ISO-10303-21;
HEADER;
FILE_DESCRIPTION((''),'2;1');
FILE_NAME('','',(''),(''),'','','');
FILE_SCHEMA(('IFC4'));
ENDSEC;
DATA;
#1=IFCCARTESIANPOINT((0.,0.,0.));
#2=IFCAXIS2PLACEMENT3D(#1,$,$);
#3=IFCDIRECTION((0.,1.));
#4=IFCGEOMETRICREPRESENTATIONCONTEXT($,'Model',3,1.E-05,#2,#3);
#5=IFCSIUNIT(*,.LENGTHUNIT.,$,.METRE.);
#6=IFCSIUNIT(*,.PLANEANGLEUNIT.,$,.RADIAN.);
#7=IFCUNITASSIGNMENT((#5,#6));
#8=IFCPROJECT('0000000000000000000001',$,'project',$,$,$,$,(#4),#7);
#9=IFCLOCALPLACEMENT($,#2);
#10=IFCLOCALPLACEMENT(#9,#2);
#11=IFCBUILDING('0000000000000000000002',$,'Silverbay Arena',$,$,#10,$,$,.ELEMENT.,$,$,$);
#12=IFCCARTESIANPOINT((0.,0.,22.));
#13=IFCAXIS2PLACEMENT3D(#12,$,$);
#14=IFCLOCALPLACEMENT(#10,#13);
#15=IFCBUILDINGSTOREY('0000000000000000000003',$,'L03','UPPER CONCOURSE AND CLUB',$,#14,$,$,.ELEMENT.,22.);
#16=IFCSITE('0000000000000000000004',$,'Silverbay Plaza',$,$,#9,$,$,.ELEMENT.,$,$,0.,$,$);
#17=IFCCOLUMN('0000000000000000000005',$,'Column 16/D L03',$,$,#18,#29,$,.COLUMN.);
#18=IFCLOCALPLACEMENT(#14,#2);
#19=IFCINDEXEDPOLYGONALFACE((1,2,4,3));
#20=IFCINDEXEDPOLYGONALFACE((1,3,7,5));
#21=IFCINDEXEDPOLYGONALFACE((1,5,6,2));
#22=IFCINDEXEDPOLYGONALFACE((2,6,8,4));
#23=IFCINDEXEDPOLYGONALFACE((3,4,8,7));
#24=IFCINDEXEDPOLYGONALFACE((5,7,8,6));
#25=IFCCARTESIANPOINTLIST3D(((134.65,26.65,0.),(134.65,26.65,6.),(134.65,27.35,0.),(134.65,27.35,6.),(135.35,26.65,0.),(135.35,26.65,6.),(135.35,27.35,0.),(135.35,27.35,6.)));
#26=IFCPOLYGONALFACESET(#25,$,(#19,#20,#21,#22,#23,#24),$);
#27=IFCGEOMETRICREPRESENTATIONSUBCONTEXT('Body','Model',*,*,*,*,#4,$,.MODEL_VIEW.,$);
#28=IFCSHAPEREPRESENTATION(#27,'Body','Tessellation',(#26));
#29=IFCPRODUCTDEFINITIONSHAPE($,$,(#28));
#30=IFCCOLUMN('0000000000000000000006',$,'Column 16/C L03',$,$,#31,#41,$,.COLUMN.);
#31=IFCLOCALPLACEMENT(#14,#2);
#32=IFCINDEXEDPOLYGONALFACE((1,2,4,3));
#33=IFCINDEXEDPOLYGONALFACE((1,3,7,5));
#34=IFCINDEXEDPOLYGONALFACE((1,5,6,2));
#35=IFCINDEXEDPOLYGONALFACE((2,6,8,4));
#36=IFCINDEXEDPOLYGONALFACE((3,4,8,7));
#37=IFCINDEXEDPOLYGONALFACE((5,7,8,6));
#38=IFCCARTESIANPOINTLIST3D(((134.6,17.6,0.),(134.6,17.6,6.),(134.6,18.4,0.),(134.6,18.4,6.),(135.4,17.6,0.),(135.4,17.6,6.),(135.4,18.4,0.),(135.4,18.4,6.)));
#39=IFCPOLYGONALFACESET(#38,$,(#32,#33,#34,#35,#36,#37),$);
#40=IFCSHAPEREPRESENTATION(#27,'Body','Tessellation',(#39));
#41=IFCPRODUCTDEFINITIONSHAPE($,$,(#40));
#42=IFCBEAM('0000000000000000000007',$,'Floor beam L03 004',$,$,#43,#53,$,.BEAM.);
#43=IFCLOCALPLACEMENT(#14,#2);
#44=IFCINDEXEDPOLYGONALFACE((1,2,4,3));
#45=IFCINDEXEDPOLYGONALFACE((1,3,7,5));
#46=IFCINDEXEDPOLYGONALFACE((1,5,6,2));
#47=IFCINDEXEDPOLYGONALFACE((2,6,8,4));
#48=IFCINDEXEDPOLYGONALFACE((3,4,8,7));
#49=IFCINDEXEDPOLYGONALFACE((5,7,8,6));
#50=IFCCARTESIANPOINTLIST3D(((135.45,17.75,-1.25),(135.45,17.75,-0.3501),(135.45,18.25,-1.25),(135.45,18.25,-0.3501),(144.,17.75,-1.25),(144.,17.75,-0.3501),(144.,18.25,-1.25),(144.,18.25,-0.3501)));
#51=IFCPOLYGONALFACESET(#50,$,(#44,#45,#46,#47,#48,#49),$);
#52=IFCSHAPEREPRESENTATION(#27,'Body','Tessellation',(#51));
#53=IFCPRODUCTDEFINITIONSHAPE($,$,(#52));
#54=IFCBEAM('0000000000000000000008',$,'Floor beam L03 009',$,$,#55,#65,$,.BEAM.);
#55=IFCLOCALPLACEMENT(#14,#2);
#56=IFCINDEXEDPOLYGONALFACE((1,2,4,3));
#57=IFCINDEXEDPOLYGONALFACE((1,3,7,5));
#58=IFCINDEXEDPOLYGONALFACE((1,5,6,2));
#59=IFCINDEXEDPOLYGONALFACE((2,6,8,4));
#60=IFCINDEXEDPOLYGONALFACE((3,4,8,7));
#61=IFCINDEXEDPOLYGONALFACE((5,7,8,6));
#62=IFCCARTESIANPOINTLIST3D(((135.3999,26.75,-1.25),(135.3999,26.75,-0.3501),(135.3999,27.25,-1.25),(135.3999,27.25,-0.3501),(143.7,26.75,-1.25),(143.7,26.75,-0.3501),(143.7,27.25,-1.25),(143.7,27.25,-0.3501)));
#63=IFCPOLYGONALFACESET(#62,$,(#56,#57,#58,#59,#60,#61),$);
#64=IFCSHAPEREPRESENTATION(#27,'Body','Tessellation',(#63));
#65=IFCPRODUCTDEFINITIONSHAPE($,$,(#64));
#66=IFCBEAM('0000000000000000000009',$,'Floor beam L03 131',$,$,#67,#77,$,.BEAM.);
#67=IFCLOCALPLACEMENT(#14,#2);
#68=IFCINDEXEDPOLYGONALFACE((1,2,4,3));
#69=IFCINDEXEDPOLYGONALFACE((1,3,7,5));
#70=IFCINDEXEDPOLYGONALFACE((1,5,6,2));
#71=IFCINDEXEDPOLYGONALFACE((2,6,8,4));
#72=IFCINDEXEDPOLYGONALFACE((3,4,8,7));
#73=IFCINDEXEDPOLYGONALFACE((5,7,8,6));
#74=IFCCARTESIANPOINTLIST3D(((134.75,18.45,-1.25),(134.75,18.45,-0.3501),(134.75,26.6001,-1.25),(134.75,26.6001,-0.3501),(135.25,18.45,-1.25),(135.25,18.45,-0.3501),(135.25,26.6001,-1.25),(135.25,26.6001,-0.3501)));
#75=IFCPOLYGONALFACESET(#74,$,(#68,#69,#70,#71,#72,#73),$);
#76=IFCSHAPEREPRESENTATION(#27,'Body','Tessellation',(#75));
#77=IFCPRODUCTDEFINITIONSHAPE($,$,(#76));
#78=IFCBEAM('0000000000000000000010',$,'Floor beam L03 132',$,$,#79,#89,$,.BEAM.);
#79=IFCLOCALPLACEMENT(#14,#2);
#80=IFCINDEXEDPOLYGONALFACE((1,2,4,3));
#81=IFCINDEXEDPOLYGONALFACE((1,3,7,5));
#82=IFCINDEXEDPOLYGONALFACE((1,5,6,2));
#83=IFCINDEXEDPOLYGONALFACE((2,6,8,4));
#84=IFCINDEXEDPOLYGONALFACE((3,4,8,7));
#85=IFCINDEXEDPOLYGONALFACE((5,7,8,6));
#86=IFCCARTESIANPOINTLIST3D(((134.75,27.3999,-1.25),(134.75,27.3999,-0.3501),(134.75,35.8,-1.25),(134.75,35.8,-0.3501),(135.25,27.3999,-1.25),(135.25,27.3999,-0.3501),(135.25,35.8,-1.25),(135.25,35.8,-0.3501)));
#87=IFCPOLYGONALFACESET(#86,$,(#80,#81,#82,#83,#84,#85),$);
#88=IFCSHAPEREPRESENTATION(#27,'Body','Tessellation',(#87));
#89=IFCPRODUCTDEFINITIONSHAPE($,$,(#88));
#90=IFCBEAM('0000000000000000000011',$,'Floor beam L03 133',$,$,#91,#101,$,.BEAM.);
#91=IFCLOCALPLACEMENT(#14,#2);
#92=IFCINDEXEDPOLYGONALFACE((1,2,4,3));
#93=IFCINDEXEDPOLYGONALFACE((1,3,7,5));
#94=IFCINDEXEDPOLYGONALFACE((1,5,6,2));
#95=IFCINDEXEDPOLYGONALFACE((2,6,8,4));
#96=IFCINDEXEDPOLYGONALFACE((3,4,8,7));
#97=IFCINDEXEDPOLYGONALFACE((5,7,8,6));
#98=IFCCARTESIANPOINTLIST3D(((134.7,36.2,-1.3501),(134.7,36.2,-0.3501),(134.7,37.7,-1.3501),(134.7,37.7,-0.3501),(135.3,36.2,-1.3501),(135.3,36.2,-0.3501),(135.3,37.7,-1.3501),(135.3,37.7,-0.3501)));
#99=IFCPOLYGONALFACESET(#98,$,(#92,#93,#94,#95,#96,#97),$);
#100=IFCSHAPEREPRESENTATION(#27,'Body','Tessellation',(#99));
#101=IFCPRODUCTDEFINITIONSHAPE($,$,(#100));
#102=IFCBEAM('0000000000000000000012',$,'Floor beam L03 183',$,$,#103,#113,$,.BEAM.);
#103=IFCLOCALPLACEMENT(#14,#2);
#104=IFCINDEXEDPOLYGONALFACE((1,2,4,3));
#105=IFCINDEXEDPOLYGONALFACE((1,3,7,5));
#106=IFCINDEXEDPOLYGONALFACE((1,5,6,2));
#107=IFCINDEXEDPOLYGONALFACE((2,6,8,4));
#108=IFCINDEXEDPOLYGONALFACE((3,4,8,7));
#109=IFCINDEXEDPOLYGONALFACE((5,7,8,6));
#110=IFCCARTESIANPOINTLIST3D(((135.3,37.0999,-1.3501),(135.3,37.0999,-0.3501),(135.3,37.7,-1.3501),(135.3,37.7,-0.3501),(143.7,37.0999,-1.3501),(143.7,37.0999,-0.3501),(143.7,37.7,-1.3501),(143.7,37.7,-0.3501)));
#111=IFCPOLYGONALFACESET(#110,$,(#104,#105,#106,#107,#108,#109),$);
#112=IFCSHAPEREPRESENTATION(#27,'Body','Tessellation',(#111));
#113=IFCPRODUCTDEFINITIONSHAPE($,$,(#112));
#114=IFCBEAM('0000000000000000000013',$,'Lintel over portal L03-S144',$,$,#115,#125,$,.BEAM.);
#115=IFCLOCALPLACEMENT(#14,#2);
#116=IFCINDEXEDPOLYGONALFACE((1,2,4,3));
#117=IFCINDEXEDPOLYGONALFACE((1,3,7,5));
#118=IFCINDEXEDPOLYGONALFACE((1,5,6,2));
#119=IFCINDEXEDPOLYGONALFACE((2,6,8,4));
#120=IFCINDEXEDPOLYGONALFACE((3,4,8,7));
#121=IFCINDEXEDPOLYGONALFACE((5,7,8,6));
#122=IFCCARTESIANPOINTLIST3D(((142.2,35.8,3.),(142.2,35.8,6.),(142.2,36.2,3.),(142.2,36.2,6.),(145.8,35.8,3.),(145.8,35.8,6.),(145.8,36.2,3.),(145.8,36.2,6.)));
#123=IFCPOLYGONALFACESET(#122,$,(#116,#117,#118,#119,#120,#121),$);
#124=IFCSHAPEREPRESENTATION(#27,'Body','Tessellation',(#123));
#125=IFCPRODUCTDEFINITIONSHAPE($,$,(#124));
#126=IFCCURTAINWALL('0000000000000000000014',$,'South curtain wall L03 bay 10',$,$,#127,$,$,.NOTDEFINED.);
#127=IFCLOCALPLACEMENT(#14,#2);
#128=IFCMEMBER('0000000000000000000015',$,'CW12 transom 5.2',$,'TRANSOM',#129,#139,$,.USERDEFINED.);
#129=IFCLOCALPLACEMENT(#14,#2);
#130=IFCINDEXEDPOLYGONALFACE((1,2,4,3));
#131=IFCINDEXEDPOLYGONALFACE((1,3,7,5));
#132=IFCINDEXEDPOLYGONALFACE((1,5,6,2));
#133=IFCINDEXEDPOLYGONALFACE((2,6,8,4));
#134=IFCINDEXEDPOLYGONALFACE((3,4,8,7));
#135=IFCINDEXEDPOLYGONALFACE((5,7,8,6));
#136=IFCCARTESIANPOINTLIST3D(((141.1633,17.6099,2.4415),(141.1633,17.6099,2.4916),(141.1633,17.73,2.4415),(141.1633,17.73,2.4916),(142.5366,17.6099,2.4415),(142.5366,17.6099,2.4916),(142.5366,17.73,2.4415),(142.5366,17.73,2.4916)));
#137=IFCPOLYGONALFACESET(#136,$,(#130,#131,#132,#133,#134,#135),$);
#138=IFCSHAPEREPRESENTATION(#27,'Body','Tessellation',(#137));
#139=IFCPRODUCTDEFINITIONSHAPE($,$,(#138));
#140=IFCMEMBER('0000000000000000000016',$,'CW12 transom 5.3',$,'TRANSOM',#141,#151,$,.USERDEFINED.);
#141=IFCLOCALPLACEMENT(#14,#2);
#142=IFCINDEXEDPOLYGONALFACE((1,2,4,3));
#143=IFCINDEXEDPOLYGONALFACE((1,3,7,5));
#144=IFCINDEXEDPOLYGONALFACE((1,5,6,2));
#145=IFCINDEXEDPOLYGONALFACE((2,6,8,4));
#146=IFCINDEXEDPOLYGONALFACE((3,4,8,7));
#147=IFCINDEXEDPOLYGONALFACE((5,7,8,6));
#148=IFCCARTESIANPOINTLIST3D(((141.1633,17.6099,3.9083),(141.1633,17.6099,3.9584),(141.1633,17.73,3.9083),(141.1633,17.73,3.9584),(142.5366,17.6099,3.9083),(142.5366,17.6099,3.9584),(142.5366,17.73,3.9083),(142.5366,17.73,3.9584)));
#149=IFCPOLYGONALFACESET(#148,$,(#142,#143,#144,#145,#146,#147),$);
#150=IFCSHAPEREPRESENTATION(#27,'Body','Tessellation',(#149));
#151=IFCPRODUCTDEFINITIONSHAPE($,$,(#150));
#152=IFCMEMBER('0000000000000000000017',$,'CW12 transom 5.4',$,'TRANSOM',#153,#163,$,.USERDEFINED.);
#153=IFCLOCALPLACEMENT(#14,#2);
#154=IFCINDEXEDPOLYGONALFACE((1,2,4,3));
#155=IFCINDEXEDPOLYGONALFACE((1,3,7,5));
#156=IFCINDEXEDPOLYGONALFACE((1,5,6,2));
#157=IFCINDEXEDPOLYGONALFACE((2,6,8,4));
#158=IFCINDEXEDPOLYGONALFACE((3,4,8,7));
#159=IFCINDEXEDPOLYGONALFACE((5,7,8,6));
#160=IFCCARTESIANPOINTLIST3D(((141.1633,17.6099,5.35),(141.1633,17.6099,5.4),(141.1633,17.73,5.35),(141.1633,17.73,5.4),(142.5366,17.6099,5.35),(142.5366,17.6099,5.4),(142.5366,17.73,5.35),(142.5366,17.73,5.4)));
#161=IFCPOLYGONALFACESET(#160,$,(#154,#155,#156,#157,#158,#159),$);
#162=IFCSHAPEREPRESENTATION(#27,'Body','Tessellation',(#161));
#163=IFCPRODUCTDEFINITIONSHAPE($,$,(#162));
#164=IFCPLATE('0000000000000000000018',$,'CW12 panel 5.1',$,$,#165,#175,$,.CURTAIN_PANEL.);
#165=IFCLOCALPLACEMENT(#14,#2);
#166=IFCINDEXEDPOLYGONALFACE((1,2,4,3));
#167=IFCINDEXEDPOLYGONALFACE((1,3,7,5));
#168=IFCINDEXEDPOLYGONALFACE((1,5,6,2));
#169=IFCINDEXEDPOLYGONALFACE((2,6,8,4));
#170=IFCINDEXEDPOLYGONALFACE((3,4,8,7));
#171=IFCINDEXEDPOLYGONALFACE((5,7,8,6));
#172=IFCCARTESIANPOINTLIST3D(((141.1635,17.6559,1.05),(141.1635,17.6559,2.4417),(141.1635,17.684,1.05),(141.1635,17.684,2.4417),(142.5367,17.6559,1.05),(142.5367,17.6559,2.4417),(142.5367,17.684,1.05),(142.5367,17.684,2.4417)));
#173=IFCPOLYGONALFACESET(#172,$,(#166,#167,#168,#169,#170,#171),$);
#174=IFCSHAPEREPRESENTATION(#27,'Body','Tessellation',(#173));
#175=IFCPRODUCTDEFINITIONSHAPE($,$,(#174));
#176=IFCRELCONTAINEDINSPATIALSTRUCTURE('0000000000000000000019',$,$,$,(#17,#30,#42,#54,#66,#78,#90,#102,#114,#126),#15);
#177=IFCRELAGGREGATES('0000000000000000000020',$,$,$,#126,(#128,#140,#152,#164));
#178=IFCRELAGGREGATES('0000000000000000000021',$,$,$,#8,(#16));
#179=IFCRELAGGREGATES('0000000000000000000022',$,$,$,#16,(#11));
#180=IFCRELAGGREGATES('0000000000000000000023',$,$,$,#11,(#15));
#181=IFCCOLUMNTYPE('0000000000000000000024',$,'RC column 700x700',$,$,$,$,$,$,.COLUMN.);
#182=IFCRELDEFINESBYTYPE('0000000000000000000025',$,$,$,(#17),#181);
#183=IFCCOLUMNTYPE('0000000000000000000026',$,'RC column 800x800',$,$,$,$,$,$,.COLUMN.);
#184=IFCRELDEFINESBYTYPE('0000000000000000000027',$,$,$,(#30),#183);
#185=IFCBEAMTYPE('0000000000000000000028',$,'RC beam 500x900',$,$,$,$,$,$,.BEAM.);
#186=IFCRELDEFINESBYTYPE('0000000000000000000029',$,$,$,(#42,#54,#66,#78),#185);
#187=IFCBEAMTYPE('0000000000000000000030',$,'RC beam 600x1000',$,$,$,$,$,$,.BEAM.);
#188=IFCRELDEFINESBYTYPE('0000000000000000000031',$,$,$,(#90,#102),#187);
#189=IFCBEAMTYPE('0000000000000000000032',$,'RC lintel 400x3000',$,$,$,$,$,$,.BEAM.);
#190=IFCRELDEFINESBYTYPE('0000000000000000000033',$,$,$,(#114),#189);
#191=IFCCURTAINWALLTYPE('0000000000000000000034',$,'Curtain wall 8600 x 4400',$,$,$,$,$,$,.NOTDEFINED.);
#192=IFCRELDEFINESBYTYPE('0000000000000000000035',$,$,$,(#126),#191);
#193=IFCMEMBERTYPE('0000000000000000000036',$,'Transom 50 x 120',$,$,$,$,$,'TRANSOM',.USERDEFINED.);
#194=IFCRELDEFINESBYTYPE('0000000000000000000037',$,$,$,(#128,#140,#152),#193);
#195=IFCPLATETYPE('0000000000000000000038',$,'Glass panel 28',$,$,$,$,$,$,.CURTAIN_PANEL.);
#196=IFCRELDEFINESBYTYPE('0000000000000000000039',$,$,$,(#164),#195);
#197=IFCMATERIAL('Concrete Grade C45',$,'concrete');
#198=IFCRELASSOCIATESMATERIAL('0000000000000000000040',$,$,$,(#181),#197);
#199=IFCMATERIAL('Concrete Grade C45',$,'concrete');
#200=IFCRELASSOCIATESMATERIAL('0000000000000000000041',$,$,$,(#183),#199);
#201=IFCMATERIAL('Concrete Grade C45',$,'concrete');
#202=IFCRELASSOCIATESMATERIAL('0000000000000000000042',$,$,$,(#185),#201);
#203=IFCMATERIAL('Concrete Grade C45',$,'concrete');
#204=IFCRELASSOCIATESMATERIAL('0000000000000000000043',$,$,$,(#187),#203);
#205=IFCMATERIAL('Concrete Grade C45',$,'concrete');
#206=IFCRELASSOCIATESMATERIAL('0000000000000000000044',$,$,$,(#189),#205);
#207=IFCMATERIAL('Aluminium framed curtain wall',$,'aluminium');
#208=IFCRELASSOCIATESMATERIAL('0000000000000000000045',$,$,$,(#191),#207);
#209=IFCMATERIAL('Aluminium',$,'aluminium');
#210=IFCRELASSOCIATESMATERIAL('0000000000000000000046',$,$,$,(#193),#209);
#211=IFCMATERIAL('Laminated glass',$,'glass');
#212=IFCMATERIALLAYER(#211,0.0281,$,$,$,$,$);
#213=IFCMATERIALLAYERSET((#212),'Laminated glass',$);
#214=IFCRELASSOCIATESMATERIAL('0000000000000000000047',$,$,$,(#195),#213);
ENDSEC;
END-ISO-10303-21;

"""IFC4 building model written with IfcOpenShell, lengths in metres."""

from ifc_helpers import new_model, si_unit, direction, frame, origin, origin_2d, place, context, subcontext, project, spatial, rectangle, extrude, material, layer, layer_set, material_profile, profile_set, type_object, element, aggregate, save


model = new_model("IFC4")

# Units and contexts
model_context = context("Model", 3, precision=1e-05, world=origin(), true_north=direction((0.0, 1.0)))
body_context = subcontext(model_context, "Body", "Model", "MODEL_VIEW")
ifc_project = project(units=[si_unit("LENGTHUNIT", "METRE"), si_unit("PLANEANGLEUNIT", "RADIAN")], contexts=[model_context])

# Site, building, storey
site_placement = place(None, origin())
site = spatial("IfcSite", under=ifc_project, at=site_placement, Name="Silverbay Plaza", CompositionType="ELEMENT", RefElevation=0.0)
building_placement = place(site_placement, origin())
building = spatial("IfcBuilding", under=site, at=building_placement, Name="Silverbay Arena", CompositionType="ELEMENT")
storey_placement = place(building_placement, frame((0.0, 0.0, 22.0)))
storey = spatial("IfcBuildingStorey", under=building, at=storey_placement, Name="L03", Description="UPPER CONCOURSE AND CLUB", CompositionType="ELEMENT", Elevation=22.0)

# Columns
ifc_material_1 = material(Name="Concrete Grade C45", Category="concrete")
ifc_material_profile_1 = material_profile(ifc_material_1, rectangle(XDim=0.7, YDim=0.7, at=origin_2d()), Name="RC 700x700")
ifc_profile_set_1 = profile_set([ifc_material_profile_1], Name="Concrete Grade C45")
column_type_1 = type_object("IfcColumnType", Name="RC column 700x700", PredefinedType="COLUMN", material=ifc_profile_set_1)
column_1_placement = place(storey_placement, frame((135.0, 27.0, 0.0), z_axis=(0.0, 0.0, 1.0), x_axis=(1.0, 0.0, 0.0)))
element("IfcColumn", 1, at=column_1_placement, inside=storey, type_object=column_type_1, Name="Column 16/D L03", PredefinedType="COLUMN", context=body_context, shape_type="SweptSolid", body=[
    extrude(rectangle(XDim=0.7, YDim=0.7, at=origin_2d()), origin(), (0.0, 0.0, 1.0), 6.0),
])
ifc_material_2 = material(Name="Concrete Grade C45", Category="concrete")
ifc_material_profile_2 = material_profile(ifc_material_2, rectangle(XDim=0.8, YDim=0.8, at=origin_2d()), Name="RC 800x800")
ifc_profile_set_2 = profile_set([ifc_material_profile_2], Name="Concrete Grade C45")
column_type_2 = type_object("IfcColumnType", Name="RC column 800x800", PredefinedType="COLUMN", material=ifc_profile_set_2)
column_2_placement = place(storey_placement, frame((135.0, 18.0, 0.0), z_axis=(0.0, 0.0, 1.0), x_axis=(1.0, 0.0, 0.0)))
element("IfcColumn", 2, at=column_2_placement, inside=storey, type_object=column_type_2, Name="Column 16/C L03", PredefinedType="COLUMN", context=body_context, shape_type="SweptSolid", body=[
    extrude(rectangle(XDim=0.8, YDim=0.8, at=origin_2d()), origin(), (0.0, 0.0, 1.0), 6.0),
])

# Beams
ifc_material_3 = material(Name="Concrete Grade C45", Category="concrete")
ifc_material_profile_3 = material_profile(ifc_material_3, rectangle(XDim=0.5, YDim=0.8999, at=origin_2d()), Name="RC 500x900")
ifc_profile_set_3 = profile_set([ifc_material_profile_3], Name="Concrete Grade C45")
beam_type_1 = type_object("IfcBeamType", Name="RC beam 500x900", PredefinedType="BEAM", material=ifc_profile_set_3)
beam_1_placement = place(storey_placement, frame((135.45, 18.0, -0.8), z_axis=(1.0, 0.0, 0.0), x_axis=(0.0, 1.0, 0.0)))
element("IfcBeam", 3, at=beam_1_placement, inside=storey, type_object=beam_type_1, Name="Floor beam L03 004", PredefinedType="BEAM", context=body_context, shape_type="SweptSolid", body=[
    extrude(rectangle(XDim=0.5, YDim=0.8999, at=origin_2d()), origin(), (0.0, 0.0, 1.0), 8.55),
])
beam_2_placement = place(storey_placement, frame((135.3999, 27.0, -0.8), z_axis=(1.0, 0.0, 0.0), x_axis=(0.0, 1.0, 0.0)))
element("IfcBeam", 4, at=beam_2_placement, inside=storey, type_object=beam_type_1, Name="Floor beam L03 009", PredefinedType="BEAM", context=body_context, shape_type="SweptSolid", body=[
    extrude(rectangle(XDim=0.5, YDim=0.8999, at=origin_2d()), origin(), (0.0, 0.0, 1.0), 8.3),
])
beam_3_placement = place(storey_placement, frame((135.0, 18.45, -0.8), z_axis=(0.0, 1.0, 0.0), x_axis=(-1.0, 0.0, 0.0)))
element("IfcBeam", 5, at=beam_3_placement, inside=storey, type_object=beam_type_1, Name="Floor beam L03 131", PredefinedType="BEAM", context=body_context, shape_type="SweptSolid", body=[
    extrude(rectangle(XDim=0.5, YDim=0.8999, at=origin_2d()), origin(), (0.0, 0.0, 1.0), 8.1501),
])
beam_4_placement = place(storey_placement, frame((135.0, 27.3999, -0.8), z_axis=(0.0, 1.0, 0.0), x_axis=(-1.0, 0.0, 0.0)))
element("IfcBeam", 6, at=beam_4_placement, inside=storey, type_object=beam_type_1, Name="Floor beam L03 132", PredefinedType="BEAM", context=body_context, shape_type="SweptSolid", body=[
    extrude(rectangle(XDim=0.5, YDim=0.8999, at=origin_2d()), origin(), (0.0, 0.0, 1.0), 8.4001),
])
ifc_material_4 = material(Name="Concrete Grade C45", Category="concrete")
ifc_material_profile_4 = material_profile(ifc_material_4, rectangle(XDim=0.6001, YDim=1.0, at=origin_2d()), Name="RC 600x1000")
ifc_profile_set_4 = profile_set([ifc_material_profile_4], Name="Concrete Grade C45")
beam_type_2 = type_object("IfcBeamType", Name="RC beam 600x1000", PredefinedType="BEAM", material=ifc_profile_set_4)
beam_5_placement = place(storey_placement, frame((135.0, 36.2, -0.8501), z_axis=(0.0, 1.0, 0.0), x_axis=(-1.0, 0.0, 0.0)))
element("IfcBeam", 7, at=beam_5_placement, inside=storey, type_object=beam_type_2, Name="Floor beam L03 133", PredefinedType="BEAM", context=body_context, shape_type="SweptSolid", body=[
    extrude(rectangle(XDim=0.6001, YDim=1.0, at=origin_2d()), origin(), (0.0, 0.0, 1.0), 1.5),
])
beam_6_placement = place(storey_placement, frame((135.3, 37.3999, -0.8501), z_axis=(1.0, 0.0, 0.0), x_axis=(0.0, 1.0, 0.0)))
element("IfcBeam", 8, at=beam_6_placement, inside=storey, type_object=beam_type_2, Name="Floor beam L03 183", PredefinedType="BEAM", context=body_context, shape_type="SweptSolid", body=[
    extrude(rectangle(XDim=0.6001, YDim=1.0, at=origin_2d()), origin(), (0.0, 0.0, 1.0), 8.3999),
])
ifc_material_5 = material(Name="Concrete Grade C45", Category="concrete")
ifc_material_profile_5 = material_profile(ifc_material_5, rectangle(XDim=0.3999, YDim=3.0, at=origin_2d()), Name="RC 400x3000")
ifc_profile_set_5 = profile_set([ifc_material_profile_5], Name="Concrete Grade C45")
beam_type_3 = type_object("IfcBeamType", Name="RC lintel 400x3000", PredefinedType="BEAM", material=ifc_profile_set_5)
beam_7_placement = place(storey_placement, frame((142.2, 36.0, 4.5), z_axis=(1.0, 0.0, 0.0), x_axis=(0.0, 1.0, 0.0)))
element("IfcBeam", 9, at=beam_7_placement, inside=storey, type_object=beam_type_3, Name="Lintel over portal L03-S144", PredefinedType="BEAM", context=body_context, shape_type="SweptSolid", body=[
    extrude(rectangle(XDim=0.3999, YDim=3.0, at=origin_2d()), origin(), (0.0, 0.0, 1.0), 3.6001),
])

# Curtain wall, members, plate
ifc_material_6 = material(Name="Aluminium framed curtain wall", Category="aluminium")
curtain_wall_type = type_object("IfcCurtainWallType", Name="Curtain wall 8600 x 4400", PredefinedType="NOTDEFINED", material=ifc_material_6)
curtain_wall_placement = place(storey_placement, origin())
curtain_wall = element("IfcCurtainWall", 10, at=curtain_wall_placement, inside=storey, type_object=curtain_wall_type, Name="South curtain wall L03 bay 10", PredefinedType="NOTDEFINED")
ifc_material_7 = material(Name="Aluminium", Category="aluminium")
ifc_material_profile_6 = material_profile(ifc_material_7, rectangle(XDim=0.1201, YDim=0.05, at=origin_2d()), Name="Transom 50 x 120")
ifc_profile_set_6 = profile_set([ifc_material_profile_6], Name="Aluminium")
member_type = type_object("IfcMemberType", Name="Transom 50 x 120", ElementType="TRANSOM", PredefinedType="USERDEFINED", material=ifc_profile_set_6)
member_1_placement = place(storey_placement, frame((141.1633, 17.6699, 2.4666), z_axis=(1.0, 0.0, 0.0), x_axis=(0.0, 1.0, 0.0)))
member_1 = element("IfcMember", 11, at=member_1_placement, type_object=member_type, Name="CW12 transom 5.2", ObjectType="TRANSOM", PredefinedType="USERDEFINED", context=body_context, shape_type="SweptSolid", body=[
    extrude(rectangle(XDim=0.1201, YDim=0.05, at=origin_2d()), origin(), (0.0, 0.0, 1.0), 1.3733),
])
member_2_placement = place(storey_placement, frame((141.1633, 17.6699, 3.9333), z_axis=(1.0, 0.0, 0.0), x_axis=(0.0, 1.0, 0.0)))
member_2 = element("IfcMember", 12, at=member_2_placement, type_object=member_type, Name="CW12 transom 5.3", ObjectType="TRANSOM", PredefinedType="USERDEFINED", context=body_context, shape_type="SweptSolid", body=[
    extrude(rectangle(XDim=0.1201, YDim=0.05, at=origin_2d()), origin(), (0.0, 0.0, 1.0), 1.3733),
])
member_3_placement = place(storey_placement, frame((141.1633, 17.6699, 5.375), z_axis=(1.0, 0.0, 0.0), x_axis=(0.0, 1.0, 0.0)))
member_3 = element("IfcMember", 13, at=member_3_placement, type_object=member_type, Name="CW12 transom 5.4", ObjectType="TRANSOM", PredefinedType="USERDEFINED", context=body_context, shape_type="SweptSolid", body=[
    extrude(rectangle(XDim=0.1201, YDim=0.05, at=origin_2d()), origin(), (0.0, 0.0, 1.0), 1.3733),
])
ifc_material_8 = material(Name="Laminated glass", Category="glass")
ifc_layer_1 = layer(ifc_material_8, 0.0281)
ifc_layer_set_1 = layer_set([ifc_layer_1], Name="Laminated glass")
plate_type = type_object("IfcPlateType", Name="Glass panel 28", PredefinedType="CURTAIN_PANEL", material=ifc_layer_set_1)
plate_1_placement = place(storey_placement, frame((141.8501, 17.6699, 1.05), z_axis=(0.0, 0.0, 1.0), x_axis=(1.0, 0.0, 0.0)))
plate_1 = element("IfcPlate", 14, at=plate_1_placement, type_object=plate_type, Name="CW12 panel 5.1", PredefinedType="CURTAIN_PANEL", context=body_context, shape_type="SweptSolid", body=[
    extrude(rectangle(XDim=1.3733, YDim=0.0281, at=origin_2d()), origin(), (0.0, 0.0, 1.0), 1.3916),
])
aggregate(curtain_wall, [member_1, member_2, member_3, plate_1])

save(model, "model.ifc")
